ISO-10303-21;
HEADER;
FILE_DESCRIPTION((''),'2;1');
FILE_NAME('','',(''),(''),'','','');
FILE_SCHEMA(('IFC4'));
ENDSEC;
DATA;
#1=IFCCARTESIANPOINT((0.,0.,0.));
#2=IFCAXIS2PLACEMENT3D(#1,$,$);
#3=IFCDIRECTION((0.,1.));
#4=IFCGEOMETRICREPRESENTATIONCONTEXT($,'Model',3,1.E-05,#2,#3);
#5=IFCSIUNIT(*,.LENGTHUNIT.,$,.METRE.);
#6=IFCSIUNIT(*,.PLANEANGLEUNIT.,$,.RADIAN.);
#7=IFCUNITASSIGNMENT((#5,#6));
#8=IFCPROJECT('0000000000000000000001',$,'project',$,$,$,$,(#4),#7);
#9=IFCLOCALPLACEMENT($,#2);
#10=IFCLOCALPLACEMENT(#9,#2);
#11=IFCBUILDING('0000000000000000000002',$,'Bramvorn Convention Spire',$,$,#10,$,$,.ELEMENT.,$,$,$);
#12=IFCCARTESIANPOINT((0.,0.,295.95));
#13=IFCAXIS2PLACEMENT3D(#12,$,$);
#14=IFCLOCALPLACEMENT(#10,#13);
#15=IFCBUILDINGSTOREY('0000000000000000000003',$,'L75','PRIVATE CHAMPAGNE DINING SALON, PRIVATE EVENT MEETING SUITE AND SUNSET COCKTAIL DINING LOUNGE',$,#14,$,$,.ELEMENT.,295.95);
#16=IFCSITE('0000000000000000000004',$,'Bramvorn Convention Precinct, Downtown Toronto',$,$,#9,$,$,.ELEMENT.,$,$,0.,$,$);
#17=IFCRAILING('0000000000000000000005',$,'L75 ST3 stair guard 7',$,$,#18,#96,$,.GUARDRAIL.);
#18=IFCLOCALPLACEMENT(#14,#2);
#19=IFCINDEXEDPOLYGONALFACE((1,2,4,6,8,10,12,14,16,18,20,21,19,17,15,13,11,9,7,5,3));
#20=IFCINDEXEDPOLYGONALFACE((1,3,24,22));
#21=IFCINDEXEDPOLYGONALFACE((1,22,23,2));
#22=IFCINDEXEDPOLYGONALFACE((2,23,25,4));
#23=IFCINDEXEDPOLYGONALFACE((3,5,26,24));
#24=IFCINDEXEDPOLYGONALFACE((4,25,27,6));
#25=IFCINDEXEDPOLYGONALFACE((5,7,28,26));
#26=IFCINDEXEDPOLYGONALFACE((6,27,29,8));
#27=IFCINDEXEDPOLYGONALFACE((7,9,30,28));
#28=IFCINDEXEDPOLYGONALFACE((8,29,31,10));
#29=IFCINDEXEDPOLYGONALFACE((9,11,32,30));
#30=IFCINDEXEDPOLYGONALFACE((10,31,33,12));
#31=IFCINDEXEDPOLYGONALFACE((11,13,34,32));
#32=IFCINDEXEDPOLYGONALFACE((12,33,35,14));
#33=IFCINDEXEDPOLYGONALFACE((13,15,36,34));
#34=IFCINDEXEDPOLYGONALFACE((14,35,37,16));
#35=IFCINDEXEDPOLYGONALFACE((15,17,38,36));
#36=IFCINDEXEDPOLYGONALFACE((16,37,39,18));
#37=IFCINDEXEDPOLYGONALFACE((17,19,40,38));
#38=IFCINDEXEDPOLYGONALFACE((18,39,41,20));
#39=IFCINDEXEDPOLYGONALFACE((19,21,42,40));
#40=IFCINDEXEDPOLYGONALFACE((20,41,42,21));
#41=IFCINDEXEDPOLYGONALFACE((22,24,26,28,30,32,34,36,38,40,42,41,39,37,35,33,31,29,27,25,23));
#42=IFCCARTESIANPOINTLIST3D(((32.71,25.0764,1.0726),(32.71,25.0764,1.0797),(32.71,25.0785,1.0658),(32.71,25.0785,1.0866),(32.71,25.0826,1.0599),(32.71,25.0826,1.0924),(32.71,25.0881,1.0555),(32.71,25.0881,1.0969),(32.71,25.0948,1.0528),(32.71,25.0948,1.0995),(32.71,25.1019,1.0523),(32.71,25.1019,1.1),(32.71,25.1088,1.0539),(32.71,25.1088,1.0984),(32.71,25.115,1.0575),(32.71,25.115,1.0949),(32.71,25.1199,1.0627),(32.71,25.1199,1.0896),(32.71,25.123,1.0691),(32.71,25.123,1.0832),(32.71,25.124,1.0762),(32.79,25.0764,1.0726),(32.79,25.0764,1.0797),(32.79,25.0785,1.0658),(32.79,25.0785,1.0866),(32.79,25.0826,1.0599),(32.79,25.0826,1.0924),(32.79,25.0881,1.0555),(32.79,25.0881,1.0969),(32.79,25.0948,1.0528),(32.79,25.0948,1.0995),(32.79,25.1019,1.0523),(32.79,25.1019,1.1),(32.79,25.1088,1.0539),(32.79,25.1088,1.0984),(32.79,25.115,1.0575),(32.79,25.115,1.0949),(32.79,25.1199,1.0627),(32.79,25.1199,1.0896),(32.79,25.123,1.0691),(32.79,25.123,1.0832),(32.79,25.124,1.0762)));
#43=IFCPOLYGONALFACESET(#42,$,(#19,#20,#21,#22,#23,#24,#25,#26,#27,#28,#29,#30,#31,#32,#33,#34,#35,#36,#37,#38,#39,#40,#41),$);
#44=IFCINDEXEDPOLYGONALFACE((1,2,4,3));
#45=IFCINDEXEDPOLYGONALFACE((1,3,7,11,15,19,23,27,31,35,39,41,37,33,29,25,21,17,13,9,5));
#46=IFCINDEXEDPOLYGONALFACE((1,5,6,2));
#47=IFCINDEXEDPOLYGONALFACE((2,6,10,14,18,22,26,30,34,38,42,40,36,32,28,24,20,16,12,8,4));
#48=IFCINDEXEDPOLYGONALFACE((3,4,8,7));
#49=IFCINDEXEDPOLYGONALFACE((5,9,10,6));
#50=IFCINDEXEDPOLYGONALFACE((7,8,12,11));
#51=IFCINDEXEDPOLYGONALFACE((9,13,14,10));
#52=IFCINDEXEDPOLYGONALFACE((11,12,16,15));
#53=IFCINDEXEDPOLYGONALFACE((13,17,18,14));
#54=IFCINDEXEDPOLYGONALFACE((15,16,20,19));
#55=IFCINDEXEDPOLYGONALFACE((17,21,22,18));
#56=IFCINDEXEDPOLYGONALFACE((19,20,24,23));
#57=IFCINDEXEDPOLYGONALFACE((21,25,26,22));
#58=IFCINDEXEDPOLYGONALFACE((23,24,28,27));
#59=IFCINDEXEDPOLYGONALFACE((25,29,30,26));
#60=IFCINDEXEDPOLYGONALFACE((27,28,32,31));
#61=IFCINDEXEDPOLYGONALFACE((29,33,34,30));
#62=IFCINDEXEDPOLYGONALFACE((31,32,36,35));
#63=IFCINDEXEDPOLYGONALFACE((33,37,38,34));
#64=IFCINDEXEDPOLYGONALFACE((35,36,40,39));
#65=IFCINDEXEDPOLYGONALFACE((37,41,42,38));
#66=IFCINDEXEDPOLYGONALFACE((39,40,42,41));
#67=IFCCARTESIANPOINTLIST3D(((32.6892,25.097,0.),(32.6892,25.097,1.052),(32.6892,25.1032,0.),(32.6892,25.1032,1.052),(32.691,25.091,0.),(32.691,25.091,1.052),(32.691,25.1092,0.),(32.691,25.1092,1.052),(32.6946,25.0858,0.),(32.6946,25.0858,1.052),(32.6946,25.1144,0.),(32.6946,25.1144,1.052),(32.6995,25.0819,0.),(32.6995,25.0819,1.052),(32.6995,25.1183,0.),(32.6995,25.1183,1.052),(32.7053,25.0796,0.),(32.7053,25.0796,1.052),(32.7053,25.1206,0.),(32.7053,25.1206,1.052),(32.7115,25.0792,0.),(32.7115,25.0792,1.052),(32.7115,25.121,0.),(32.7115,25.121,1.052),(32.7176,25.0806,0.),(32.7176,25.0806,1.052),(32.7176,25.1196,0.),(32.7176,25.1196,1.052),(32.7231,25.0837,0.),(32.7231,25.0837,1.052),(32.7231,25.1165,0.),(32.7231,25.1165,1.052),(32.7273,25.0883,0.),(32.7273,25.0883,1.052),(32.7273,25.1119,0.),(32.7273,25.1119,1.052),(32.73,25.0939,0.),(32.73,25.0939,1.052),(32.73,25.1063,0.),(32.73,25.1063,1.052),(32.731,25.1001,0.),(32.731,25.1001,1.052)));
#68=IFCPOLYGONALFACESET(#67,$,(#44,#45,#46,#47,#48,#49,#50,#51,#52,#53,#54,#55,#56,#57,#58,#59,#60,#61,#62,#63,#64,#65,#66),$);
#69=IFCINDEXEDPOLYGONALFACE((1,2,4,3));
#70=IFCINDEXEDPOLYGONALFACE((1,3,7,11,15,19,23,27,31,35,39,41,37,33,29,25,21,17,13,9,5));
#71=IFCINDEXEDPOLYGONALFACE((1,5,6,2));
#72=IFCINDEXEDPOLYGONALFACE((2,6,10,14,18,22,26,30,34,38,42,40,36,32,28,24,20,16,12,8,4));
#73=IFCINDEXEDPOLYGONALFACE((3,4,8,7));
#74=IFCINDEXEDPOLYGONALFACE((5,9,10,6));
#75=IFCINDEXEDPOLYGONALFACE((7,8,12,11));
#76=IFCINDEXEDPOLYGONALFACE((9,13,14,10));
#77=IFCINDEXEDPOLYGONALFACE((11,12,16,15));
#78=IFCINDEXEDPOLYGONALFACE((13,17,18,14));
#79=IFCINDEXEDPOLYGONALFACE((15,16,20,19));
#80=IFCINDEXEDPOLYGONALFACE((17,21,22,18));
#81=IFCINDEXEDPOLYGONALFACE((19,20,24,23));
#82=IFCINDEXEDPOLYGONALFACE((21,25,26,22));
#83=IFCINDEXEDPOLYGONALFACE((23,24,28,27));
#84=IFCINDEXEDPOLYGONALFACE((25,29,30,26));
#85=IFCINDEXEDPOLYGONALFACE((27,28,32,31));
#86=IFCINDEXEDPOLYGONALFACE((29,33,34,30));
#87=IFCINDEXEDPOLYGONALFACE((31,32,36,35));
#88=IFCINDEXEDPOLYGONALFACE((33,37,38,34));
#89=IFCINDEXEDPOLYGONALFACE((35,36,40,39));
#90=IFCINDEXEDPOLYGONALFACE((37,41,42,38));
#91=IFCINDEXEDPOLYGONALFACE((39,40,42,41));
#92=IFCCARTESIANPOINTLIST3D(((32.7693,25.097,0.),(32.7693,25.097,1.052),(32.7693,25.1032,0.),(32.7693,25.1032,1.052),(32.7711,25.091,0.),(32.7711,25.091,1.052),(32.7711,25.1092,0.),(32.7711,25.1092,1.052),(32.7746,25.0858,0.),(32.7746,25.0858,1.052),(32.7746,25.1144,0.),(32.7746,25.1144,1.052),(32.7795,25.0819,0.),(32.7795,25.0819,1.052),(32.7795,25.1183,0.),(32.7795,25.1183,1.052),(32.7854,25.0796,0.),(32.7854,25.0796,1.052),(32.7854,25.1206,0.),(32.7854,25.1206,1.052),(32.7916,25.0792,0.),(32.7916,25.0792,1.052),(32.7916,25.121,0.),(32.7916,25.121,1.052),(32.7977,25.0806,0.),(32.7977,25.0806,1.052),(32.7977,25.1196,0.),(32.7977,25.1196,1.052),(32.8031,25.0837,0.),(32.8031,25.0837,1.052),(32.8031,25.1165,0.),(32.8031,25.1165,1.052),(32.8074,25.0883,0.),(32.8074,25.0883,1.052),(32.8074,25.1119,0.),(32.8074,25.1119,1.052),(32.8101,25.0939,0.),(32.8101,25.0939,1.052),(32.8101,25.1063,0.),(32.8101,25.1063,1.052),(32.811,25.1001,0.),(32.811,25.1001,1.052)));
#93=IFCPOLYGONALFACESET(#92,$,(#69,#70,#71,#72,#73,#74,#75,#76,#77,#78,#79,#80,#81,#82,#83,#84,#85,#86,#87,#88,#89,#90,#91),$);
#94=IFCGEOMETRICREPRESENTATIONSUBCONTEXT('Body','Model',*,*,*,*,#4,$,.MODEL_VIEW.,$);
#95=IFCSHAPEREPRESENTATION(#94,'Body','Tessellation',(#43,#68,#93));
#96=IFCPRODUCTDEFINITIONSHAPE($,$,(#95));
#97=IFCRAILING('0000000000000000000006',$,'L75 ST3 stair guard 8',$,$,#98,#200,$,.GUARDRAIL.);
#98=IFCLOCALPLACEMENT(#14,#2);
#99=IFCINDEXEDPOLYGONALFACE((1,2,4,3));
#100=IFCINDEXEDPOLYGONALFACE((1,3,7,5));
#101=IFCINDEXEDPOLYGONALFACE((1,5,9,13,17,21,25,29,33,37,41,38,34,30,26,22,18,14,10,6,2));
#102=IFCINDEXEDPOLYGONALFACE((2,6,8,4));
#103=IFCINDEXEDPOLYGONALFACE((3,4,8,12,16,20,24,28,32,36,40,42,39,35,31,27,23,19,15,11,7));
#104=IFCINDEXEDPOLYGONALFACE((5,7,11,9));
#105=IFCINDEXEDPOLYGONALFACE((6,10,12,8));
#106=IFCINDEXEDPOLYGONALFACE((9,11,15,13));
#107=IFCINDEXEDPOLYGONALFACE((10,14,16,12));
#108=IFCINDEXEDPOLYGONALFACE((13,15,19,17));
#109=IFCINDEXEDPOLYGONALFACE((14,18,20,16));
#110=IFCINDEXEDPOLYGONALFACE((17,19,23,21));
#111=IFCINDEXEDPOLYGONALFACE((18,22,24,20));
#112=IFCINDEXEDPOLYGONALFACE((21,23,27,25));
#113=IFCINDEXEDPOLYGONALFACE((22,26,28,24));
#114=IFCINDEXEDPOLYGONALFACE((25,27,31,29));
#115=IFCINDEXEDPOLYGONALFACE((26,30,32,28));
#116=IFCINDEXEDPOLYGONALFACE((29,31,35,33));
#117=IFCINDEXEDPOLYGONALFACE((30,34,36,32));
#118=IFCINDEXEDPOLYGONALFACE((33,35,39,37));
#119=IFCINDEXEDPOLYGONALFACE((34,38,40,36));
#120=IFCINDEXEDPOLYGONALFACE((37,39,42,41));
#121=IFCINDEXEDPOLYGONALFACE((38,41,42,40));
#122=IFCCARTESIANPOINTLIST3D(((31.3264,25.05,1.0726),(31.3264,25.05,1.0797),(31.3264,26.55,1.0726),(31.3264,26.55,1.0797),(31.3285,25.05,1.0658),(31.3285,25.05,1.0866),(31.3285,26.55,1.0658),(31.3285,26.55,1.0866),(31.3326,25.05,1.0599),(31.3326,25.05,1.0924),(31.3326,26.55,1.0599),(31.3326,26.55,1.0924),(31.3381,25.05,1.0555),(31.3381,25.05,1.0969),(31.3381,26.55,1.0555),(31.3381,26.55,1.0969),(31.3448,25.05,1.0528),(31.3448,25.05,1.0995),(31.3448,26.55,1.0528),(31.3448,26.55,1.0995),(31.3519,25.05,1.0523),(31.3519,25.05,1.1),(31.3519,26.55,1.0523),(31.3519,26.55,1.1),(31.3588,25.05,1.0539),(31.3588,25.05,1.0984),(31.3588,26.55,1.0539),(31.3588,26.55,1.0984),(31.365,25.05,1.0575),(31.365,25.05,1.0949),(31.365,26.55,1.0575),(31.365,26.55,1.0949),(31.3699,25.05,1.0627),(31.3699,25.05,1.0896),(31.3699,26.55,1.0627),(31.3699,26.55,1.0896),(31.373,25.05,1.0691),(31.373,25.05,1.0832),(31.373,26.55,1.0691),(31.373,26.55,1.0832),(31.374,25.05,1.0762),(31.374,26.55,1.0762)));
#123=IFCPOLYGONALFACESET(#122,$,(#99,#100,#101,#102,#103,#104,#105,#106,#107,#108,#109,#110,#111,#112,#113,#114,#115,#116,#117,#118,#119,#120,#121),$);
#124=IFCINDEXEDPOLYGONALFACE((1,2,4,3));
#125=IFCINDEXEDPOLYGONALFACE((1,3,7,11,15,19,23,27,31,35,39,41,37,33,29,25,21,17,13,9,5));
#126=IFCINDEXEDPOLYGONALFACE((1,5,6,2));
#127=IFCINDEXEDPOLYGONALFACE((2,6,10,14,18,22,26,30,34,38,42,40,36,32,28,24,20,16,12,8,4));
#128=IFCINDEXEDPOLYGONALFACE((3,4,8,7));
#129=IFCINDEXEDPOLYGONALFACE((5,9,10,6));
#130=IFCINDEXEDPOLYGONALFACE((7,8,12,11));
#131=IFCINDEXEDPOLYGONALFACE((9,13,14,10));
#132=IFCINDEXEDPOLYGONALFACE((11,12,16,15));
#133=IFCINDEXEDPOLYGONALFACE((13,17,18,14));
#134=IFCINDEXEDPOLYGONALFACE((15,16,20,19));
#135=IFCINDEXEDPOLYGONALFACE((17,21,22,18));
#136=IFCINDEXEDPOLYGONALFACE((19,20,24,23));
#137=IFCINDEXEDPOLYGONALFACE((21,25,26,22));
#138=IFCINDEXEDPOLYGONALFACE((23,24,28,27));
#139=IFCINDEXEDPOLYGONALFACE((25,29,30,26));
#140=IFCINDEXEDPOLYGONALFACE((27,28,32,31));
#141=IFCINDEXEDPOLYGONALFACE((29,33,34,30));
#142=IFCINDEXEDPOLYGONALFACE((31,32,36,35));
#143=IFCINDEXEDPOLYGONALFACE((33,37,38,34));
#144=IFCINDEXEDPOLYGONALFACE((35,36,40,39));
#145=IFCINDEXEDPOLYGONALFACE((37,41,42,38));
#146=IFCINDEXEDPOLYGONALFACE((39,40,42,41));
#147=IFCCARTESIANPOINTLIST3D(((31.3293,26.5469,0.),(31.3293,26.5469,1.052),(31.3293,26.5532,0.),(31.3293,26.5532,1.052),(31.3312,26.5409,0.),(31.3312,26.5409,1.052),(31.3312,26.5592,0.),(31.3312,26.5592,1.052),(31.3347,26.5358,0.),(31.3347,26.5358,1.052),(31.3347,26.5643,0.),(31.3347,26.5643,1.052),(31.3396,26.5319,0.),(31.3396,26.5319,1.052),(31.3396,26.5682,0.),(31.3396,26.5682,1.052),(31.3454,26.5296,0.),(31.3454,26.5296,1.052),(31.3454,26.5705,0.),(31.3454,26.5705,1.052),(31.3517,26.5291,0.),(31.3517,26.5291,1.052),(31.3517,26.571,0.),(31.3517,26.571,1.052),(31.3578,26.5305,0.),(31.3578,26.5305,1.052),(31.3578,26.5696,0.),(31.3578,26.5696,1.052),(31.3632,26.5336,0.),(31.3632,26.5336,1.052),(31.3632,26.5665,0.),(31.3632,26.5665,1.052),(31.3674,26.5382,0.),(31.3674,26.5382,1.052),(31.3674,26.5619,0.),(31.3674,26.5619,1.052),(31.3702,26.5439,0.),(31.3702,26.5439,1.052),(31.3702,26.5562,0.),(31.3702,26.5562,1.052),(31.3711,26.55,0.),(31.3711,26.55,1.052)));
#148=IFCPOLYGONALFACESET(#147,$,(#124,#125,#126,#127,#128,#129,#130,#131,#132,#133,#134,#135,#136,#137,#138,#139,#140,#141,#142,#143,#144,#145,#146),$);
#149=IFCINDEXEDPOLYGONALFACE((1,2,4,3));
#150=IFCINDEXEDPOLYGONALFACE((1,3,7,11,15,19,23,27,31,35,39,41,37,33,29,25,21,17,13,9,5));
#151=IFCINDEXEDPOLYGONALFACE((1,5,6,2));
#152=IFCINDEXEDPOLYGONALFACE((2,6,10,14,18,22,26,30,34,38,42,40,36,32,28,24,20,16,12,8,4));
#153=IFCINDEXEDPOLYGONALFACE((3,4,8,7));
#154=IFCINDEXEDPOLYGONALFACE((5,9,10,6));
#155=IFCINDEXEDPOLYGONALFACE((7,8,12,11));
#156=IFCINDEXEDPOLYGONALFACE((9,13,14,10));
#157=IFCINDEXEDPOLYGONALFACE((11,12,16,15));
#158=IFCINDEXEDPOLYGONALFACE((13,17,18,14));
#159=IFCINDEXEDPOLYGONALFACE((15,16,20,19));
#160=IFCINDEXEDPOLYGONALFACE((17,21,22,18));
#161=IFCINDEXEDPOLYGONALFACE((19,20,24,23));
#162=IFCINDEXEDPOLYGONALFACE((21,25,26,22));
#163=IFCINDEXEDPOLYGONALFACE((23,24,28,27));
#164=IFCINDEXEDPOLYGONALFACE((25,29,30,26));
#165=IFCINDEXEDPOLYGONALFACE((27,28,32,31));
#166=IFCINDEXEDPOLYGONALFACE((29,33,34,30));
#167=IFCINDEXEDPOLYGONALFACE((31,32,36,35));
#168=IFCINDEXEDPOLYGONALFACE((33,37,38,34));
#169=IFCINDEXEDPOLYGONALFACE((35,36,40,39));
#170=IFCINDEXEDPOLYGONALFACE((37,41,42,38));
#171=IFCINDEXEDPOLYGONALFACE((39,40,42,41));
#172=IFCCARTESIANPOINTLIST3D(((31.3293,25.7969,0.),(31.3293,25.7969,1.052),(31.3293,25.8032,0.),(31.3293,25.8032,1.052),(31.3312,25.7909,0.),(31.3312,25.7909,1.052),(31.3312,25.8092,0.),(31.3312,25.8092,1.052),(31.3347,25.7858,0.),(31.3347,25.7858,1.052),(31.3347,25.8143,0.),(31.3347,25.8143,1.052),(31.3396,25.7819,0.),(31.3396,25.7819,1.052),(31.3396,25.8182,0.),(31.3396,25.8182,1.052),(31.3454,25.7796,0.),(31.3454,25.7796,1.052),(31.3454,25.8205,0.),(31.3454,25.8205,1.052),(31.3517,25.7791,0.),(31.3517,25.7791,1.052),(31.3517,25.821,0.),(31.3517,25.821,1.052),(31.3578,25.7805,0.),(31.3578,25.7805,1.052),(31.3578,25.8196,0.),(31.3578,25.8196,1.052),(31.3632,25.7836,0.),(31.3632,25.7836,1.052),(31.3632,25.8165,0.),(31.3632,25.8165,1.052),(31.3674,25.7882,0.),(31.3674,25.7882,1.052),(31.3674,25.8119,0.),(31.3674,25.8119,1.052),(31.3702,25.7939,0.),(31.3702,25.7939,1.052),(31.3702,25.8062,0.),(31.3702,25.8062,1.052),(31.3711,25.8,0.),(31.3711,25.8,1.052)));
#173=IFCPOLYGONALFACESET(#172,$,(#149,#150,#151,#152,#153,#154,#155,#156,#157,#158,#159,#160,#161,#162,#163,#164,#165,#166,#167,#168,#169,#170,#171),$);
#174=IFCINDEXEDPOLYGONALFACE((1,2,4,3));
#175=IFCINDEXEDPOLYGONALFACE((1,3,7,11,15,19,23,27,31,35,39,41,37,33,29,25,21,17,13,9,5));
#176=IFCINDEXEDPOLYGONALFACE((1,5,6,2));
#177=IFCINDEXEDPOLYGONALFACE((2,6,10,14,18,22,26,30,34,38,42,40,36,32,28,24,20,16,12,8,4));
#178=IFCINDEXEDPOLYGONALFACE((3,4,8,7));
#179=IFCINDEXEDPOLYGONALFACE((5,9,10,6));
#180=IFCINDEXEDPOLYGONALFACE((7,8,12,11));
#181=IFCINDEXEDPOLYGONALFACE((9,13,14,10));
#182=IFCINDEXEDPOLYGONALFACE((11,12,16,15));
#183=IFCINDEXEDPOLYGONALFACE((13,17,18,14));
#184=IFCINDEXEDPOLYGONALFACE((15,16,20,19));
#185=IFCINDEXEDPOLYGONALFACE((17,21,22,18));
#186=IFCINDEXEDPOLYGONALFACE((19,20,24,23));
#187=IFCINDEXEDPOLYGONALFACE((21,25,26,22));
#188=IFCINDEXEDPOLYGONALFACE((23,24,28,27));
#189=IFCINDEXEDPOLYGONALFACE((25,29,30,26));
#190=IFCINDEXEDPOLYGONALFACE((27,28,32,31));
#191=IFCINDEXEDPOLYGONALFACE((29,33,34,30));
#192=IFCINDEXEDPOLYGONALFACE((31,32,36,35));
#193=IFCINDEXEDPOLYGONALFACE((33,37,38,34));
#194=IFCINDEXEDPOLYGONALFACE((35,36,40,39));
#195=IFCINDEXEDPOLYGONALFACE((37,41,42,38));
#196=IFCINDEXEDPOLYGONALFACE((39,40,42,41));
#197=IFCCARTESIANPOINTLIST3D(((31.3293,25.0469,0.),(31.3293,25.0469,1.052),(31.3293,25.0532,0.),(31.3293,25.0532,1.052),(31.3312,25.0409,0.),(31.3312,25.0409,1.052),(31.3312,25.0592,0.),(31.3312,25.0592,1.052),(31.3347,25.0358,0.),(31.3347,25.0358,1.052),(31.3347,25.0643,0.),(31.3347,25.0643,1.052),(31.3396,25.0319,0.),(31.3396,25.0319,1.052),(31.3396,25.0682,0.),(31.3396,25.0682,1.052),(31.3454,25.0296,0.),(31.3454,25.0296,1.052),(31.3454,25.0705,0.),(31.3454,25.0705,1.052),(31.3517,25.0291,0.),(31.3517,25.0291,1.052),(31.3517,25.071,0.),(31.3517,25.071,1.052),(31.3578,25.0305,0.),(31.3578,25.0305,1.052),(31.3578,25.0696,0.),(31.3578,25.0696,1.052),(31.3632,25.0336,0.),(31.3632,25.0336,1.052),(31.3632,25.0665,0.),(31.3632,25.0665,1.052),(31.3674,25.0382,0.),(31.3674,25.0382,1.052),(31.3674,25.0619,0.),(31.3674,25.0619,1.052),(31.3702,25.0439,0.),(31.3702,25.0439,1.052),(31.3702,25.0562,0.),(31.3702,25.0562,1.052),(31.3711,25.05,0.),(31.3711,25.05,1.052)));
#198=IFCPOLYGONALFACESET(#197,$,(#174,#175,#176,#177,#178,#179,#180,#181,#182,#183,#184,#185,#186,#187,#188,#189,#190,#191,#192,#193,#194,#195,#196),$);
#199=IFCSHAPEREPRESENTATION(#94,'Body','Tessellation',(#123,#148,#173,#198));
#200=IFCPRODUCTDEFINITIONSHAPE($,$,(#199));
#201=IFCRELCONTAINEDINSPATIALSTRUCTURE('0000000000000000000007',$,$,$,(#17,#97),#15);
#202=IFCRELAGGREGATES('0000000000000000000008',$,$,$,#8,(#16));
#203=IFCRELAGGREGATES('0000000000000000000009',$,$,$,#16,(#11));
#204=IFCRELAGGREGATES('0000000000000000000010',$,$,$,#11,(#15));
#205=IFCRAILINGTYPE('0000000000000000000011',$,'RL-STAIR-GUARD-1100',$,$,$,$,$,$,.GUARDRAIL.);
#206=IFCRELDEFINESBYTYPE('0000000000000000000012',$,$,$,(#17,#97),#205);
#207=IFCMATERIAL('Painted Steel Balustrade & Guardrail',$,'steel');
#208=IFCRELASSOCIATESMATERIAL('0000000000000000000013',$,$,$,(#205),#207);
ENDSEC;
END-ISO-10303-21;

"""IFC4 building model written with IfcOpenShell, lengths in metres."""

from ifc_helpers import new_model, si_unit, direction, frame, origin, origin_2d, place, context, subcontext, project, spatial, circle, extrude, material, type_object, element, save


model = new_model("IFC4")

# Units and contexts
model_context = context("Model", 3, precision=1e-05, world=origin(), true_north=direction((0.0, 1.0)))
body_context = subcontext(model_context, "Body", "Model", "MODEL_VIEW")
ifc_project = project(units=[si_unit("LENGTHUNIT", "METRE"), si_unit("PLANEANGLEUNIT", "RADIAN")], contexts=[model_context])

# Site, building, storey
site_placement = place(None, origin())
site = spatial("IfcSite", under=ifc_project, at=site_placement, Name="Bramvorn Convention Precinct, Downtown Toronto", CompositionType="ELEMENT", RefElevation=0.0)
building_placement = place(site_placement, origin())
building = spatial("IfcBuilding", under=site, at=building_placement, Name="Bramvorn Convention Spire", CompositionType="ELEMENT")
storey_placement = place(building_placement, frame((0.0, 0.0, 295.95)))
storey = spatial("IfcBuildingStorey", under=building, at=storey_placement, Name="L75", Description="PRIVATE CHAMPAGNE DINING SALON, PRIVATE EVENT MEETING SUITE AND SUNSET COCKTAIL DINING LOUNGE", CompositionType="ELEMENT", Elevation=295.95)

# Railings
ifc_material_1 = material(Name="Painted Steel Balustrade & Guardrail", Category="steel")
railing_type = type_object("IfcRailingType", Name="RL-STAIR-GUARD-1100", PredefinedType="GUARDRAIL", material=ifc_material_1)
railing_1_placement = place(storey_placement, frame((32.71, 25.1001, 0.0)))
element("IfcRailing", 1, at=railing_1_placement, inside=storey, type_object=railing_type, Name="L75 ST3 stair guard 7", PredefinedType="GUARDRAIL", context=body_context, shape_type="SweptSolid", body=[
    extrude(circle(Radius=0.0239, at=origin_2d()), frame((0.0, 0.0, 1.0762), z_axis=(1.0, 0.0, 0.0), x_axis=(0.0, 1.0, 0.0)), (0.0, 0.0, 1.0), 0.0801),
    extrude(circle(Radius=0.021, at=origin_2d()), origin(), (0.0, 0.0, 1.0), 1.052),
    extrude(circle(Radius=0.021, at=origin_2d()), frame((0.0801, 0.0, 0.0)), (0.0, 0.0, 1.0), 1.052),
])
for number, where, name in (
    (2, (31.3501, 26.55, 0.0), "L75 ST3 stair guard 8"),
):
    element("IfcRailing", number, at=place(storey_placement, frame(where)), inside=storey, type_object=railing_type, Name=name, PredefinedType="GUARDRAIL", context=body_context, shape_type="SweptSolid", body=[
        extrude(circle(Radius=0.0239, at=origin_2d()), frame((0.0, 0.0, 1.0762), z_axis=(0.0, -1.0, 0.0), x_axis=(1.0, 0.0, 0.0)), (0.0, 0.0, 1.0), 1.5),
        extrude(circle(Radius=0.021, at=origin_2d()), origin(), (0.0, 0.0, 1.0), 1.052),
        extrude(circle(Radius=0.021, at=origin_2d()), frame((0.0, -0.75, 0.0)), (0.0, 0.0, 1.0), 1.052),
        extrude(circle(Radius=0.021, at=origin_2d()), frame((0.0, -1.5, 0.0)), (0.0, 0.0, 1.0), 1.052),
    ])

save(model, "model.ifc")
